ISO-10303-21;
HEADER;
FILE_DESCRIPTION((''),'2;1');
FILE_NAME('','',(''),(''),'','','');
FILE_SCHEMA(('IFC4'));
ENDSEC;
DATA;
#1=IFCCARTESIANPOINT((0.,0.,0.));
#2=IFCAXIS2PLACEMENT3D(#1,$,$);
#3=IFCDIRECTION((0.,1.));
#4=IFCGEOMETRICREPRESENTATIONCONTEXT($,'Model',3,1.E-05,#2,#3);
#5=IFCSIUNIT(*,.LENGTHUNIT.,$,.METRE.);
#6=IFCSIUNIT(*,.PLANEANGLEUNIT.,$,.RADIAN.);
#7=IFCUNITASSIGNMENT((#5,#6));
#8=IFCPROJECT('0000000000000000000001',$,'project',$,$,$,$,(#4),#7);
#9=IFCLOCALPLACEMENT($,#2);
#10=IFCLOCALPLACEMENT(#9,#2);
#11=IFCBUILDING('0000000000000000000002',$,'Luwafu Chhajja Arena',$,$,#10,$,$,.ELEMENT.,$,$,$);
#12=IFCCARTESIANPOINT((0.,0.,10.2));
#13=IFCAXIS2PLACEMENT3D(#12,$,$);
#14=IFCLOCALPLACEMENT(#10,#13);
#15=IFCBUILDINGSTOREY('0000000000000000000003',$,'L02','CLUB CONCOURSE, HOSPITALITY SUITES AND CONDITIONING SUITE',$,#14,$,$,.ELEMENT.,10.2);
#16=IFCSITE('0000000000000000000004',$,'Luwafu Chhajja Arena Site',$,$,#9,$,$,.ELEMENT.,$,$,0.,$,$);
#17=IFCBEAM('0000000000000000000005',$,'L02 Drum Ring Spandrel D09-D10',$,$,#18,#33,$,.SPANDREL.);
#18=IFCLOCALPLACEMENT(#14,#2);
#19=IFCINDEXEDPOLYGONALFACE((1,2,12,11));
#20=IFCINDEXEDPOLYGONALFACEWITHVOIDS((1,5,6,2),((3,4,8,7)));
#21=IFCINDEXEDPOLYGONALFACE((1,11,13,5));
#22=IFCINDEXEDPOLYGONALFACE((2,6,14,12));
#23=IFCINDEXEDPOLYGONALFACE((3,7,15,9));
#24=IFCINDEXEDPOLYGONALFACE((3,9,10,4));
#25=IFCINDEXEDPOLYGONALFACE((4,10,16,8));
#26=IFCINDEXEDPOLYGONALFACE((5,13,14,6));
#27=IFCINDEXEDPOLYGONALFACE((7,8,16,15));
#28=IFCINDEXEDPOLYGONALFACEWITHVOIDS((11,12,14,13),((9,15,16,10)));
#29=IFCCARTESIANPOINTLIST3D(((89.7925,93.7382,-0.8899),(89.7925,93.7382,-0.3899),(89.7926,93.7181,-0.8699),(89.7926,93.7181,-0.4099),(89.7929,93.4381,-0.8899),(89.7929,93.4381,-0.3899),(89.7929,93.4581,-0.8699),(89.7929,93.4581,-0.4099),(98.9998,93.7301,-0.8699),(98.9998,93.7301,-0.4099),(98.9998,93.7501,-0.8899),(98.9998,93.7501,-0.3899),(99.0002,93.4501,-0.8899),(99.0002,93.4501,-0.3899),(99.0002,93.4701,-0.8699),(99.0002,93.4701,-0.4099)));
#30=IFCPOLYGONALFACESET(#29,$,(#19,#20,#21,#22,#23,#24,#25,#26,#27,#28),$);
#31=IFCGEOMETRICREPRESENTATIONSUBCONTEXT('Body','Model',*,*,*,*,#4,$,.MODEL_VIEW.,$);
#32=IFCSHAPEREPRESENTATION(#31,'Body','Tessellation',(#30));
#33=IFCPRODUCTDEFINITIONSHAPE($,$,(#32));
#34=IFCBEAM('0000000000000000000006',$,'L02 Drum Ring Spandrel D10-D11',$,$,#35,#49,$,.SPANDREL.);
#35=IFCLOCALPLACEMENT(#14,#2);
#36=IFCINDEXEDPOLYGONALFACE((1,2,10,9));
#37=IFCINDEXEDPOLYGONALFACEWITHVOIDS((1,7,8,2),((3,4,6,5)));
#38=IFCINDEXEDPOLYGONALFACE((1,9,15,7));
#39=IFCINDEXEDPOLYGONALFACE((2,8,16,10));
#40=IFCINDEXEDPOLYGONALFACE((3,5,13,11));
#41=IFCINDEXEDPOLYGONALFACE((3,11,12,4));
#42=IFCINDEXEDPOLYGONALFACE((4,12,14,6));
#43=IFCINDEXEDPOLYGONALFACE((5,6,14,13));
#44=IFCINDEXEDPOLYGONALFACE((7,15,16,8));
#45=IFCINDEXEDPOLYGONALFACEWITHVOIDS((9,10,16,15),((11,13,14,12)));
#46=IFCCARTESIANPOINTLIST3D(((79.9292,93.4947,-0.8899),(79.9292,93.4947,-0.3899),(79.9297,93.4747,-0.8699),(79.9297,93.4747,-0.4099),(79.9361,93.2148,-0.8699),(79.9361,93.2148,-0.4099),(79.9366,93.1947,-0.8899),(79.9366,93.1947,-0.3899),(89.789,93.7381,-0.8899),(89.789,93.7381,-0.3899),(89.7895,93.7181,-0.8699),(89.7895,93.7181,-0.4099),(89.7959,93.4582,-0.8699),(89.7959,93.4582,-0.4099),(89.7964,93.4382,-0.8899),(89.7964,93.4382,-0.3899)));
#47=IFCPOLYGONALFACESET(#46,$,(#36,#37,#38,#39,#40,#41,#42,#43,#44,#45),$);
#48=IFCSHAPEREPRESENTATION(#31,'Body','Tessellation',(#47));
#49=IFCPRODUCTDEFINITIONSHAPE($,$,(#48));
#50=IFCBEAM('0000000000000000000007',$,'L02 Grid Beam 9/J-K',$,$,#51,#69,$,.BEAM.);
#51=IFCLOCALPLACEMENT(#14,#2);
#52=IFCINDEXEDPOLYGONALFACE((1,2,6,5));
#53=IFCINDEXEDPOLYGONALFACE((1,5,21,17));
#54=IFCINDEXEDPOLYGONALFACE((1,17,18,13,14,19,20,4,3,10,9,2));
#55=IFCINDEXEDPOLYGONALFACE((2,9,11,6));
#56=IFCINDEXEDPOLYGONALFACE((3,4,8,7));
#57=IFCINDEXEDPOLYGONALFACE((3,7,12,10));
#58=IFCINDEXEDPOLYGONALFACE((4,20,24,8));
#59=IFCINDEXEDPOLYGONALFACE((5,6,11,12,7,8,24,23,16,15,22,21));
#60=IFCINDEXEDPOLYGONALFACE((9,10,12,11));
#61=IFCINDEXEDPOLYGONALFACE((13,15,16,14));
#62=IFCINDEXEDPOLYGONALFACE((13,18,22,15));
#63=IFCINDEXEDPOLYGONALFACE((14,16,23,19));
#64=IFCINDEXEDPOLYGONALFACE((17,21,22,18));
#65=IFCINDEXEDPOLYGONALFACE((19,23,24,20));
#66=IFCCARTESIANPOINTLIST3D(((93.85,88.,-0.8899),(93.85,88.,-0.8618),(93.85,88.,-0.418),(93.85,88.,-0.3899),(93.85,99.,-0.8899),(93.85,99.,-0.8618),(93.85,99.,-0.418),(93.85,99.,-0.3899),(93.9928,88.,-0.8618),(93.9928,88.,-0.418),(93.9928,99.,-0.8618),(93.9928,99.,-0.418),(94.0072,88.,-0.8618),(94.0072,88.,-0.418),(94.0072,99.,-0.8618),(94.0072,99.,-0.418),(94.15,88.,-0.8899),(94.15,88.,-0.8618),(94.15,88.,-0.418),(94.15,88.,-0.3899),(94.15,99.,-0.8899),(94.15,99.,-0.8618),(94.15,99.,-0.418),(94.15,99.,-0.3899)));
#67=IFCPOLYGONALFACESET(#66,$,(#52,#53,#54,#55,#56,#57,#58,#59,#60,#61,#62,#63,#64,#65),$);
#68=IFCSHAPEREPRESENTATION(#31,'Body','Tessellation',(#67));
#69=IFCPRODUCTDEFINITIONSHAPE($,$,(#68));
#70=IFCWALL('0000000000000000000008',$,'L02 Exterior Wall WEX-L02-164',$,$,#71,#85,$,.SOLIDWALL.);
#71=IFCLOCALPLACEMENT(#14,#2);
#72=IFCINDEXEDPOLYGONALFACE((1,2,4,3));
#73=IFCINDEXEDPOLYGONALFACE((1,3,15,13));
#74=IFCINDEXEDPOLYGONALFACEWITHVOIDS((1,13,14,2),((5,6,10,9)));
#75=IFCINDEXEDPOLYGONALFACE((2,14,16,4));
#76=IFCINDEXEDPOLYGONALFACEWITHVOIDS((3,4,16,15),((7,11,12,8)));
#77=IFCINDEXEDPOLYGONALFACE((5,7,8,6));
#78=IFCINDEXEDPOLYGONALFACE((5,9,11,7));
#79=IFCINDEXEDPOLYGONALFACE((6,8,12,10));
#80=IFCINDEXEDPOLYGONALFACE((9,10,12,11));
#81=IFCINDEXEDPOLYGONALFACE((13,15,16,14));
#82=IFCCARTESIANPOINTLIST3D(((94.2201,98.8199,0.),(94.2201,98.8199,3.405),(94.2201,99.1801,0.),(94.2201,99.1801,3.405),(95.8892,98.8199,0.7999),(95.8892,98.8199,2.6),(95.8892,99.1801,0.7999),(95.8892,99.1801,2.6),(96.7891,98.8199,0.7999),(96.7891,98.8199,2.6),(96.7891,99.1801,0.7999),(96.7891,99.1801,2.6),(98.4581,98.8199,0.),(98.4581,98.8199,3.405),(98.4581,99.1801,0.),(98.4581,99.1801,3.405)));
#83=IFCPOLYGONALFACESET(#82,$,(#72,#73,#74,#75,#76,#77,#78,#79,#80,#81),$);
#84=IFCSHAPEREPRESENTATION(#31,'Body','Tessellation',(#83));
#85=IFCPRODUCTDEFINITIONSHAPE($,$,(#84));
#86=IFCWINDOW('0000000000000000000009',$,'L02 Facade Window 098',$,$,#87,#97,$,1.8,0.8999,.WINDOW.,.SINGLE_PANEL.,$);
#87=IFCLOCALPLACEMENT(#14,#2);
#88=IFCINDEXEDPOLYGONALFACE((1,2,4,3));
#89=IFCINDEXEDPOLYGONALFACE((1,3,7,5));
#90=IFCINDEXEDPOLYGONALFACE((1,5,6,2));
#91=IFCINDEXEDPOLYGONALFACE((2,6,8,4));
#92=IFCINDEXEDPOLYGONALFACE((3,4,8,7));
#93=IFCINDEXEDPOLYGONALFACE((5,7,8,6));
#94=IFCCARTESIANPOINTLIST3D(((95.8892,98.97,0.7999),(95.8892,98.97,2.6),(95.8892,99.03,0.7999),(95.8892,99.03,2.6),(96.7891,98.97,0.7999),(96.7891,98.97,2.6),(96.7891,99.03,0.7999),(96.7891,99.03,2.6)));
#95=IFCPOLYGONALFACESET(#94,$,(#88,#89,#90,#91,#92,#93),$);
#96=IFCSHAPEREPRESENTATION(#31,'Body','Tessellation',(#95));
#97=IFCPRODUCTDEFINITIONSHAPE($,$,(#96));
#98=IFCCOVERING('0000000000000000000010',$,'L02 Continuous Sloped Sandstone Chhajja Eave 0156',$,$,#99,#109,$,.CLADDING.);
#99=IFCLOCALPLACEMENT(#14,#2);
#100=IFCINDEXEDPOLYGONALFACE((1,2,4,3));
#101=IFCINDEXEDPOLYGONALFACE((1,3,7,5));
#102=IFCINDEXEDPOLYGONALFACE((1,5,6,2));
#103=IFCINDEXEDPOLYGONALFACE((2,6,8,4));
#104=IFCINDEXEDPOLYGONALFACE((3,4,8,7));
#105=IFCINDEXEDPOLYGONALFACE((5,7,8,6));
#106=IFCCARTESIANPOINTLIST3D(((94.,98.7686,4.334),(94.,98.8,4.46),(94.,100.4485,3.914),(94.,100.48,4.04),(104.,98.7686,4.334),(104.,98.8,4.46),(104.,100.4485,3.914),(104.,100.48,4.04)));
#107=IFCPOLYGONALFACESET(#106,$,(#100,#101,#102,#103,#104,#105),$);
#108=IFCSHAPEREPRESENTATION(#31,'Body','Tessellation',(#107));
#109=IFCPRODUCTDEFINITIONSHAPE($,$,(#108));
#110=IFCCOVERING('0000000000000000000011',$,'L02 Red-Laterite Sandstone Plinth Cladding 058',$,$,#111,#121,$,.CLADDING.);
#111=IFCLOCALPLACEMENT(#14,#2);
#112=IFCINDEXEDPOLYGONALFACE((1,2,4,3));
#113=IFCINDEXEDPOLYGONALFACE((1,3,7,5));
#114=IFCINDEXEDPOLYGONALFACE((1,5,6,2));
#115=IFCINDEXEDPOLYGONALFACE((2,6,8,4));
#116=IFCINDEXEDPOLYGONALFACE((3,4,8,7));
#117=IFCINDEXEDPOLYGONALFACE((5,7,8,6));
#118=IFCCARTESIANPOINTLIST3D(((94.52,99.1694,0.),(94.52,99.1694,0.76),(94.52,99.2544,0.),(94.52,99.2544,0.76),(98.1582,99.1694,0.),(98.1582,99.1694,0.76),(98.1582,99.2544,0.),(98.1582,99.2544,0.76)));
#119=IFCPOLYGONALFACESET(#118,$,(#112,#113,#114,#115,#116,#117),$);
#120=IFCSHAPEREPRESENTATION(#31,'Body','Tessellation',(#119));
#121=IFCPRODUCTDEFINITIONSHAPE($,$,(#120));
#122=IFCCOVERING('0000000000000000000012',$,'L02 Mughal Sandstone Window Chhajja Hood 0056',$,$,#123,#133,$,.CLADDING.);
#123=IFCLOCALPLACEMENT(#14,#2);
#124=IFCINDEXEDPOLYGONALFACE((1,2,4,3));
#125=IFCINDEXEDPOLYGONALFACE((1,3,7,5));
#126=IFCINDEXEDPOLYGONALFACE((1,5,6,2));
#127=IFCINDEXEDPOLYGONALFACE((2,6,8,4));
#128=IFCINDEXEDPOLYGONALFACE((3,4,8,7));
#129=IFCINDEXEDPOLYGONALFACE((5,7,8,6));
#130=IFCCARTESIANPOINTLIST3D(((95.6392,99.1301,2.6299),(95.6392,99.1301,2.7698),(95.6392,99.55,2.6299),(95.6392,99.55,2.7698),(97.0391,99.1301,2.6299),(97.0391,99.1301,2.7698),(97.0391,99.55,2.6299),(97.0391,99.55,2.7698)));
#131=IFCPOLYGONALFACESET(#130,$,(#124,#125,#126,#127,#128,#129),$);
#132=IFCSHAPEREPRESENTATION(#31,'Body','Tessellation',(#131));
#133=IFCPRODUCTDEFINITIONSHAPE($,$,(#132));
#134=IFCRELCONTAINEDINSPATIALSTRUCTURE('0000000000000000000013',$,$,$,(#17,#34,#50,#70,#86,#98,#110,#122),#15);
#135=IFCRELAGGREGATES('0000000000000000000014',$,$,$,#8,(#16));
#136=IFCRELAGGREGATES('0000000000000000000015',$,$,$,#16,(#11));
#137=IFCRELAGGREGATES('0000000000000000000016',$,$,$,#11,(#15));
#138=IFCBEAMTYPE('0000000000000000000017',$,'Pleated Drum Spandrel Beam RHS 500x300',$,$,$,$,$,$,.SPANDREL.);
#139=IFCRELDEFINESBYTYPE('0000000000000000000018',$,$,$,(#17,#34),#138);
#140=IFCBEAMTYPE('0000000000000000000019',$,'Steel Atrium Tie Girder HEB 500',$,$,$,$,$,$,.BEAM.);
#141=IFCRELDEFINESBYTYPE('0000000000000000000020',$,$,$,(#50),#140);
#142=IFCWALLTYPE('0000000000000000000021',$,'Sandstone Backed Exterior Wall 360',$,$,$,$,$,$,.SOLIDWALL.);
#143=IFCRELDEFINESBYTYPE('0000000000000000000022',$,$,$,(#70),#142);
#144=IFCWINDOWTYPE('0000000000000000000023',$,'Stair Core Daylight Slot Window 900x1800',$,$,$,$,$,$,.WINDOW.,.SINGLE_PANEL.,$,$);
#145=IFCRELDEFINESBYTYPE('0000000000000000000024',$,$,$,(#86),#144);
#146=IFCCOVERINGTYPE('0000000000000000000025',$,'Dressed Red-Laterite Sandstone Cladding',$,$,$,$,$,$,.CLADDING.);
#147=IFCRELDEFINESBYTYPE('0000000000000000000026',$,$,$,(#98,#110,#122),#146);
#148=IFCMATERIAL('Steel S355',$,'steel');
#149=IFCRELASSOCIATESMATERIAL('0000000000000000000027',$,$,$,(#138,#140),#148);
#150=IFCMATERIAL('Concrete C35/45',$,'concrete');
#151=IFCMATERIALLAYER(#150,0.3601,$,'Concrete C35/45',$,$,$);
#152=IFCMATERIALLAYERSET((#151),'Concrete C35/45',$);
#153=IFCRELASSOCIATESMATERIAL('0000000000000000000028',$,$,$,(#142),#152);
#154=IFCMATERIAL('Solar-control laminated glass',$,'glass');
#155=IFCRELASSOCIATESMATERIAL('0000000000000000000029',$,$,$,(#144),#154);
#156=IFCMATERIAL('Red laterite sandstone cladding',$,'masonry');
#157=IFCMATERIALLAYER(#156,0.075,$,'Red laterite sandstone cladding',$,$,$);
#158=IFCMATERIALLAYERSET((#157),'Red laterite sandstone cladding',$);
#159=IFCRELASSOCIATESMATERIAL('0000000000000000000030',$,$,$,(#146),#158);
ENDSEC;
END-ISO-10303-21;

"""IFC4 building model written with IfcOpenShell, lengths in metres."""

from ifc_helpers import new_model, si_unit, direction, frame, frame_2d, origin, origin_2d, place, context, subcontext, project, spatial, polyline, rectangle, hollow_rectangle, i_section, outline, extrude, material, layer, layer_set, material_profile, profile_set, type_object, element, fill, save


model = new_model("IFC4")

# Units and contexts
model_context = context("Model", 3, precision=1e-05, world=origin(), true_north=direction((0.0, 1.0)))
body_context = subcontext(model_context, "Body", "Model", "MODEL_VIEW")
ifc_project = project(units=[si_unit("LENGTHUNIT", "METRE"), si_unit("PLANEANGLEUNIT", "RADIAN")], contexts=[model_context])

# Site, building, storey
site_placement = place(None, origin())
site = spatial("IfcSite", under=ifc_project, at=site_placement, Name="Luwafu Chhajja Arena Site", CompositionType="ELEMENT", RefElevation=0.0)
building_placement = place(site_placement, origin())
building = spatial("IfcBuilding", under=site, at=building_placement, Name="Luwafu Chhajja Arena", CompositionType="ELEMENT")
storey_placement = place(building_placement, frame((0.0, 0.0, 10.2)))
storey = spatial("IfcBuildingStorey", under=building, at=storey_placement, Name="L02", Description="CLUB CONCOURSE, HOSPITALITY SUITES AND CONDITIONING SUITE", CompositionType="ELEMENT", Elevation=10.2)

# Shared definitions
ifc_material_1 = material(Name="Concrete C35/45", Category="concrete")
ifc_material_2 = material(Name="Steel S355", Category="steel")

# Beams
ifc_material_profile_1 = material_profile(ifc_material_2, hollow_rectangle(XDim=0.3, YDim=0.5, WallThickness=0.02, at=origin_2d()), Name="RHS 500x300x20")
ifc_profile_set_1 = profile_set([ifc_material_profile_1], Name="Steel S355")
beam_type_1 = type_object("IfcBeamType", Name="Pleated Drum Spandrel Beam RHS 500x300", PredefinedType="SPANDREL", material=ifc_profile_set_1)
beam_1_placement = place(storey_placement, frame((99.0, 93.6001, -0.6399), z_axis=(-0.999999, -0.001299, 0.0), x_axis=(0.001299, -0.999999, 0.0)))
element("IfcBeam", 1, at=beam_1_placement, inside=storey, type_object=beam_type_1, Name="L02 Drum Ring Spandrel D09-D10", PredefinedType="SPANDREL", context=body_context, shape_type="SweptSolid", body=[
    extrude(hollow_rectangle(XDim=0.3, YDim=0.5, WallThickness=0.02, at=origin_2d()), origin(), (0.0, 0.0, 1.0), 9.2073),
])
beam_2_placement = place(storey_placement, frame((89.7927, 93.5881, -0.6399), z_axis=(-0.999695, -0.024679, 0.0), x_axis=(0.024679, -0.999695, 0.0)))
element("IfcBeam", 2, at=beam_2_placement, inside=storey, type_object=beam_type_1, Name="L02 Drum Ring Spandrel D10-D11", PredefinedType="SPANDREL", context=body_context, shape_type="SweptSolid", body=[
    extrude(hollow_rectangle(XDim=0.3, YDim=0.5, WallThickness=0.02, at=origin_2d()), origin(), (0.0, 0.0, 1.0), 9.8628),
])
ifc_material_profile_2 = material_profile(ifc_material_2, i_section(OverallWidth=0.3, OverallDepth=0.5, WebThickness=0.0144, FlangeThickness=0.0281, at=origin_2d()), Name="HEB 500")
ifc_profile_set_2 = profile_set([ifc_material_profile_2], Name="Steel S355")
beam_type_2 = type_object("IfcBeamType", Name="Steel Atrium Tie Girder HEB 500", PredefinedType="BEAM", material=ifc_profile_set_2)
beam_3_placement = place(storey_placement, frame((94.0, 88.0, -0.6399), z_axis=(0.0, 1.0, 0.0), x_axis=(-1.0, 0.0, 0.0)))
element("IfcBeam", 3, at=beam_3_placement, inside=storey, type_object=beam_type_2, Name="L02 Grid Beam 9/J-K", PredefinedType="BEAM", context=body_context, shape_type="SweptSolid", body=[
    extrude(i_section(OverallWidth=0.3, OverallDepth=0.5, WebThickness=0.0144, FlangeThickness=0.0281, at=origin_2d()), origin(), (0.0, 0.0, 1.0), 11.0),
])

# Wall, opening, window
ifc_layer_1 = layer(ifc_material_1, 0.3601, Name="Concrete C35/45")
ifc_layer_set_1 = layer_set([ifc_layer_1], Name="Concrete C35/45")
wall_type = type_object("IfcWallType", Name="Sandstone Backed Exterior Wall 360", PredefinedType="SOLIDWALL", material=ifc_layer_set_1)
wall_placement = place(storey_placement, frame((94.22, 99.0, 0.0), z_axis=(0.0, 0.0, 1.0), x_axis=(1.0, 0.0, 0.0)))
wall = element("IfcWall", 4, at=wall_placement, inside=storey, type_object=wall_type, Name="L02 Exterior Wall WEX-L02-164", PredefinedType="SOLIDWALL", context=body_context, shape_type="SweptSolid", body=[
    extrude(rectangle(XDim=4.238, YDim=0.3601, at=frame_2d((2.1191, 0.0))), origin(), (0.0, 0.0, 1.0), 3.405),
])
opening_placement = place(wall_placement, frame((1.6692, 0.0, 0.8)))
opening = element("IfcOpeningElement", 5, at=opening_placement, cuts=wall, PredefinedType="OPENING", context=body_context, shape_type="SweptSolid", body=[
    extrude(rectangle(XDim=0.8999, YDim=1.8, at=frame_2d((0.45, 0.8999))), frame((0.0, 0.1899, 0.0), z_axis=(0.0, -1.0, 0.0), x_axis=(1.0, 0.0, 0.0)), (0.0, 0.0, 1.0), 0.3801),
])
ifc_material_3 = material(Name="Solar-control laminated glass", Category="glass")
window_type = type_object("IfcWindowType", Name="Stair Core Daylight Slot Window 900x1800", PartitioningType="SINGLE_PANEL", PredefinedType="WINDOW", material=ifc_material_3)
window_placement = place(opening_placement, origin())
window = element("IfcWindow", 6, at=window_placement, inside=storey, type_object=window_type, Name="L02 Facade Window 098", OverallHeight=1.8, OverallWidth=0.8999, PartitioningType="SINGLE_PANEL", PredefinedType="WINDOW", context=body_context, shape_type="SweptSolid", body=[
    extrude(rectangle(XDim=0.8999, YDim=1.8, at=frame_2d((0.45, 0.8999))), frame((0.0, 0.03, 0.0), z_axis=(0.0, -1.0, 0.0), x_axis=(1.0, 0.0, 0.0)), (0.0, 0.0, 1.0), 0.0601),
])
fill(opening, window)

# Coverings
ifc_material_4 = material(Name="Red laterite sandstone cladding", Category="masonry")
ifc_layer_2 = layer(ifc_material_4, 0.075, Name="Red laterite sandstone cladding")
ifc_layer_set_2 = layer_set([ifc_layer_2], Name="Red laterite sandstone cladding")
covering_type = type_object("IfcCoveringType", Name="Dressed Red-Laterite Sandstone Cladding", PredefinedType="CLADDING", material=ifc_layer_set_2)
covering_1_placement = place(storey_placement, frame((94.0, 98.8, 4.46), z_axis=(0.0, 0.242502, 0.970151), x_axis=(1.0, 0.0, 0.0)))
element("IfcCovering", 7, at=covering_1_placement, inside=storey, type_object=covering_type, Name="L02 Continuous Sloped Sandstone Chhajja Eave 0156", PredefinedType="CLADDING", context=body_context, shape_type="SweptSolid", body=[
    extrude(outline(polyline([(0.0, 0.0), (10.0, 0.0), (10.0, 1.7316), (0.0, 1.7316), (0.0, 0.0)])), origin(), (0.0, 0.0, -1.0), 0.1299),
])
covering_2_placement = place(storey_placement, frame((96.3391, 99.2119, 0.0), z_axis=(0.0, 0.0, 1.0), x_axis=(1.0, 0.0, 0.0)))
element("IfcCovering", 8, at=covering_2_placement, inside=storey, type_object=covering_type, Name="L02 Red-Laterite Sandstone Plinth Cladding 058", PredefinedType="CLADDING", context=body_context, shape_type="SweptSolid", body=[
    extrude(rectangle(XDim=3.6382, YDim=0.085, at=origin_2d()), origin(), (0.0, 0.0, 1.0), 0.76),
])
covering_3_placement = place(storey_placement, frame((96.3391, 99.3401, 2.6299), z_axis=(0.0, 0.0, 1.0), x_axis=(1.0, 0.0, 0.0)))
element("IfcCovering", 9, at=covering_3_placement, inside=storey, type_object=covering_type, Name="L02 Mughal Sandstone Window Chhajja Hood 0056", PredefinedType="CLADDING", context=body_context, shape_type="SweptSolid", body=[
    extrude(rectangle(XDim=1.3999, YDim=0.4199, at=origin_2d()), origin(), (0.0, 0.0, 1.0), 0.1399),
])

save(model, "model.ifc")
